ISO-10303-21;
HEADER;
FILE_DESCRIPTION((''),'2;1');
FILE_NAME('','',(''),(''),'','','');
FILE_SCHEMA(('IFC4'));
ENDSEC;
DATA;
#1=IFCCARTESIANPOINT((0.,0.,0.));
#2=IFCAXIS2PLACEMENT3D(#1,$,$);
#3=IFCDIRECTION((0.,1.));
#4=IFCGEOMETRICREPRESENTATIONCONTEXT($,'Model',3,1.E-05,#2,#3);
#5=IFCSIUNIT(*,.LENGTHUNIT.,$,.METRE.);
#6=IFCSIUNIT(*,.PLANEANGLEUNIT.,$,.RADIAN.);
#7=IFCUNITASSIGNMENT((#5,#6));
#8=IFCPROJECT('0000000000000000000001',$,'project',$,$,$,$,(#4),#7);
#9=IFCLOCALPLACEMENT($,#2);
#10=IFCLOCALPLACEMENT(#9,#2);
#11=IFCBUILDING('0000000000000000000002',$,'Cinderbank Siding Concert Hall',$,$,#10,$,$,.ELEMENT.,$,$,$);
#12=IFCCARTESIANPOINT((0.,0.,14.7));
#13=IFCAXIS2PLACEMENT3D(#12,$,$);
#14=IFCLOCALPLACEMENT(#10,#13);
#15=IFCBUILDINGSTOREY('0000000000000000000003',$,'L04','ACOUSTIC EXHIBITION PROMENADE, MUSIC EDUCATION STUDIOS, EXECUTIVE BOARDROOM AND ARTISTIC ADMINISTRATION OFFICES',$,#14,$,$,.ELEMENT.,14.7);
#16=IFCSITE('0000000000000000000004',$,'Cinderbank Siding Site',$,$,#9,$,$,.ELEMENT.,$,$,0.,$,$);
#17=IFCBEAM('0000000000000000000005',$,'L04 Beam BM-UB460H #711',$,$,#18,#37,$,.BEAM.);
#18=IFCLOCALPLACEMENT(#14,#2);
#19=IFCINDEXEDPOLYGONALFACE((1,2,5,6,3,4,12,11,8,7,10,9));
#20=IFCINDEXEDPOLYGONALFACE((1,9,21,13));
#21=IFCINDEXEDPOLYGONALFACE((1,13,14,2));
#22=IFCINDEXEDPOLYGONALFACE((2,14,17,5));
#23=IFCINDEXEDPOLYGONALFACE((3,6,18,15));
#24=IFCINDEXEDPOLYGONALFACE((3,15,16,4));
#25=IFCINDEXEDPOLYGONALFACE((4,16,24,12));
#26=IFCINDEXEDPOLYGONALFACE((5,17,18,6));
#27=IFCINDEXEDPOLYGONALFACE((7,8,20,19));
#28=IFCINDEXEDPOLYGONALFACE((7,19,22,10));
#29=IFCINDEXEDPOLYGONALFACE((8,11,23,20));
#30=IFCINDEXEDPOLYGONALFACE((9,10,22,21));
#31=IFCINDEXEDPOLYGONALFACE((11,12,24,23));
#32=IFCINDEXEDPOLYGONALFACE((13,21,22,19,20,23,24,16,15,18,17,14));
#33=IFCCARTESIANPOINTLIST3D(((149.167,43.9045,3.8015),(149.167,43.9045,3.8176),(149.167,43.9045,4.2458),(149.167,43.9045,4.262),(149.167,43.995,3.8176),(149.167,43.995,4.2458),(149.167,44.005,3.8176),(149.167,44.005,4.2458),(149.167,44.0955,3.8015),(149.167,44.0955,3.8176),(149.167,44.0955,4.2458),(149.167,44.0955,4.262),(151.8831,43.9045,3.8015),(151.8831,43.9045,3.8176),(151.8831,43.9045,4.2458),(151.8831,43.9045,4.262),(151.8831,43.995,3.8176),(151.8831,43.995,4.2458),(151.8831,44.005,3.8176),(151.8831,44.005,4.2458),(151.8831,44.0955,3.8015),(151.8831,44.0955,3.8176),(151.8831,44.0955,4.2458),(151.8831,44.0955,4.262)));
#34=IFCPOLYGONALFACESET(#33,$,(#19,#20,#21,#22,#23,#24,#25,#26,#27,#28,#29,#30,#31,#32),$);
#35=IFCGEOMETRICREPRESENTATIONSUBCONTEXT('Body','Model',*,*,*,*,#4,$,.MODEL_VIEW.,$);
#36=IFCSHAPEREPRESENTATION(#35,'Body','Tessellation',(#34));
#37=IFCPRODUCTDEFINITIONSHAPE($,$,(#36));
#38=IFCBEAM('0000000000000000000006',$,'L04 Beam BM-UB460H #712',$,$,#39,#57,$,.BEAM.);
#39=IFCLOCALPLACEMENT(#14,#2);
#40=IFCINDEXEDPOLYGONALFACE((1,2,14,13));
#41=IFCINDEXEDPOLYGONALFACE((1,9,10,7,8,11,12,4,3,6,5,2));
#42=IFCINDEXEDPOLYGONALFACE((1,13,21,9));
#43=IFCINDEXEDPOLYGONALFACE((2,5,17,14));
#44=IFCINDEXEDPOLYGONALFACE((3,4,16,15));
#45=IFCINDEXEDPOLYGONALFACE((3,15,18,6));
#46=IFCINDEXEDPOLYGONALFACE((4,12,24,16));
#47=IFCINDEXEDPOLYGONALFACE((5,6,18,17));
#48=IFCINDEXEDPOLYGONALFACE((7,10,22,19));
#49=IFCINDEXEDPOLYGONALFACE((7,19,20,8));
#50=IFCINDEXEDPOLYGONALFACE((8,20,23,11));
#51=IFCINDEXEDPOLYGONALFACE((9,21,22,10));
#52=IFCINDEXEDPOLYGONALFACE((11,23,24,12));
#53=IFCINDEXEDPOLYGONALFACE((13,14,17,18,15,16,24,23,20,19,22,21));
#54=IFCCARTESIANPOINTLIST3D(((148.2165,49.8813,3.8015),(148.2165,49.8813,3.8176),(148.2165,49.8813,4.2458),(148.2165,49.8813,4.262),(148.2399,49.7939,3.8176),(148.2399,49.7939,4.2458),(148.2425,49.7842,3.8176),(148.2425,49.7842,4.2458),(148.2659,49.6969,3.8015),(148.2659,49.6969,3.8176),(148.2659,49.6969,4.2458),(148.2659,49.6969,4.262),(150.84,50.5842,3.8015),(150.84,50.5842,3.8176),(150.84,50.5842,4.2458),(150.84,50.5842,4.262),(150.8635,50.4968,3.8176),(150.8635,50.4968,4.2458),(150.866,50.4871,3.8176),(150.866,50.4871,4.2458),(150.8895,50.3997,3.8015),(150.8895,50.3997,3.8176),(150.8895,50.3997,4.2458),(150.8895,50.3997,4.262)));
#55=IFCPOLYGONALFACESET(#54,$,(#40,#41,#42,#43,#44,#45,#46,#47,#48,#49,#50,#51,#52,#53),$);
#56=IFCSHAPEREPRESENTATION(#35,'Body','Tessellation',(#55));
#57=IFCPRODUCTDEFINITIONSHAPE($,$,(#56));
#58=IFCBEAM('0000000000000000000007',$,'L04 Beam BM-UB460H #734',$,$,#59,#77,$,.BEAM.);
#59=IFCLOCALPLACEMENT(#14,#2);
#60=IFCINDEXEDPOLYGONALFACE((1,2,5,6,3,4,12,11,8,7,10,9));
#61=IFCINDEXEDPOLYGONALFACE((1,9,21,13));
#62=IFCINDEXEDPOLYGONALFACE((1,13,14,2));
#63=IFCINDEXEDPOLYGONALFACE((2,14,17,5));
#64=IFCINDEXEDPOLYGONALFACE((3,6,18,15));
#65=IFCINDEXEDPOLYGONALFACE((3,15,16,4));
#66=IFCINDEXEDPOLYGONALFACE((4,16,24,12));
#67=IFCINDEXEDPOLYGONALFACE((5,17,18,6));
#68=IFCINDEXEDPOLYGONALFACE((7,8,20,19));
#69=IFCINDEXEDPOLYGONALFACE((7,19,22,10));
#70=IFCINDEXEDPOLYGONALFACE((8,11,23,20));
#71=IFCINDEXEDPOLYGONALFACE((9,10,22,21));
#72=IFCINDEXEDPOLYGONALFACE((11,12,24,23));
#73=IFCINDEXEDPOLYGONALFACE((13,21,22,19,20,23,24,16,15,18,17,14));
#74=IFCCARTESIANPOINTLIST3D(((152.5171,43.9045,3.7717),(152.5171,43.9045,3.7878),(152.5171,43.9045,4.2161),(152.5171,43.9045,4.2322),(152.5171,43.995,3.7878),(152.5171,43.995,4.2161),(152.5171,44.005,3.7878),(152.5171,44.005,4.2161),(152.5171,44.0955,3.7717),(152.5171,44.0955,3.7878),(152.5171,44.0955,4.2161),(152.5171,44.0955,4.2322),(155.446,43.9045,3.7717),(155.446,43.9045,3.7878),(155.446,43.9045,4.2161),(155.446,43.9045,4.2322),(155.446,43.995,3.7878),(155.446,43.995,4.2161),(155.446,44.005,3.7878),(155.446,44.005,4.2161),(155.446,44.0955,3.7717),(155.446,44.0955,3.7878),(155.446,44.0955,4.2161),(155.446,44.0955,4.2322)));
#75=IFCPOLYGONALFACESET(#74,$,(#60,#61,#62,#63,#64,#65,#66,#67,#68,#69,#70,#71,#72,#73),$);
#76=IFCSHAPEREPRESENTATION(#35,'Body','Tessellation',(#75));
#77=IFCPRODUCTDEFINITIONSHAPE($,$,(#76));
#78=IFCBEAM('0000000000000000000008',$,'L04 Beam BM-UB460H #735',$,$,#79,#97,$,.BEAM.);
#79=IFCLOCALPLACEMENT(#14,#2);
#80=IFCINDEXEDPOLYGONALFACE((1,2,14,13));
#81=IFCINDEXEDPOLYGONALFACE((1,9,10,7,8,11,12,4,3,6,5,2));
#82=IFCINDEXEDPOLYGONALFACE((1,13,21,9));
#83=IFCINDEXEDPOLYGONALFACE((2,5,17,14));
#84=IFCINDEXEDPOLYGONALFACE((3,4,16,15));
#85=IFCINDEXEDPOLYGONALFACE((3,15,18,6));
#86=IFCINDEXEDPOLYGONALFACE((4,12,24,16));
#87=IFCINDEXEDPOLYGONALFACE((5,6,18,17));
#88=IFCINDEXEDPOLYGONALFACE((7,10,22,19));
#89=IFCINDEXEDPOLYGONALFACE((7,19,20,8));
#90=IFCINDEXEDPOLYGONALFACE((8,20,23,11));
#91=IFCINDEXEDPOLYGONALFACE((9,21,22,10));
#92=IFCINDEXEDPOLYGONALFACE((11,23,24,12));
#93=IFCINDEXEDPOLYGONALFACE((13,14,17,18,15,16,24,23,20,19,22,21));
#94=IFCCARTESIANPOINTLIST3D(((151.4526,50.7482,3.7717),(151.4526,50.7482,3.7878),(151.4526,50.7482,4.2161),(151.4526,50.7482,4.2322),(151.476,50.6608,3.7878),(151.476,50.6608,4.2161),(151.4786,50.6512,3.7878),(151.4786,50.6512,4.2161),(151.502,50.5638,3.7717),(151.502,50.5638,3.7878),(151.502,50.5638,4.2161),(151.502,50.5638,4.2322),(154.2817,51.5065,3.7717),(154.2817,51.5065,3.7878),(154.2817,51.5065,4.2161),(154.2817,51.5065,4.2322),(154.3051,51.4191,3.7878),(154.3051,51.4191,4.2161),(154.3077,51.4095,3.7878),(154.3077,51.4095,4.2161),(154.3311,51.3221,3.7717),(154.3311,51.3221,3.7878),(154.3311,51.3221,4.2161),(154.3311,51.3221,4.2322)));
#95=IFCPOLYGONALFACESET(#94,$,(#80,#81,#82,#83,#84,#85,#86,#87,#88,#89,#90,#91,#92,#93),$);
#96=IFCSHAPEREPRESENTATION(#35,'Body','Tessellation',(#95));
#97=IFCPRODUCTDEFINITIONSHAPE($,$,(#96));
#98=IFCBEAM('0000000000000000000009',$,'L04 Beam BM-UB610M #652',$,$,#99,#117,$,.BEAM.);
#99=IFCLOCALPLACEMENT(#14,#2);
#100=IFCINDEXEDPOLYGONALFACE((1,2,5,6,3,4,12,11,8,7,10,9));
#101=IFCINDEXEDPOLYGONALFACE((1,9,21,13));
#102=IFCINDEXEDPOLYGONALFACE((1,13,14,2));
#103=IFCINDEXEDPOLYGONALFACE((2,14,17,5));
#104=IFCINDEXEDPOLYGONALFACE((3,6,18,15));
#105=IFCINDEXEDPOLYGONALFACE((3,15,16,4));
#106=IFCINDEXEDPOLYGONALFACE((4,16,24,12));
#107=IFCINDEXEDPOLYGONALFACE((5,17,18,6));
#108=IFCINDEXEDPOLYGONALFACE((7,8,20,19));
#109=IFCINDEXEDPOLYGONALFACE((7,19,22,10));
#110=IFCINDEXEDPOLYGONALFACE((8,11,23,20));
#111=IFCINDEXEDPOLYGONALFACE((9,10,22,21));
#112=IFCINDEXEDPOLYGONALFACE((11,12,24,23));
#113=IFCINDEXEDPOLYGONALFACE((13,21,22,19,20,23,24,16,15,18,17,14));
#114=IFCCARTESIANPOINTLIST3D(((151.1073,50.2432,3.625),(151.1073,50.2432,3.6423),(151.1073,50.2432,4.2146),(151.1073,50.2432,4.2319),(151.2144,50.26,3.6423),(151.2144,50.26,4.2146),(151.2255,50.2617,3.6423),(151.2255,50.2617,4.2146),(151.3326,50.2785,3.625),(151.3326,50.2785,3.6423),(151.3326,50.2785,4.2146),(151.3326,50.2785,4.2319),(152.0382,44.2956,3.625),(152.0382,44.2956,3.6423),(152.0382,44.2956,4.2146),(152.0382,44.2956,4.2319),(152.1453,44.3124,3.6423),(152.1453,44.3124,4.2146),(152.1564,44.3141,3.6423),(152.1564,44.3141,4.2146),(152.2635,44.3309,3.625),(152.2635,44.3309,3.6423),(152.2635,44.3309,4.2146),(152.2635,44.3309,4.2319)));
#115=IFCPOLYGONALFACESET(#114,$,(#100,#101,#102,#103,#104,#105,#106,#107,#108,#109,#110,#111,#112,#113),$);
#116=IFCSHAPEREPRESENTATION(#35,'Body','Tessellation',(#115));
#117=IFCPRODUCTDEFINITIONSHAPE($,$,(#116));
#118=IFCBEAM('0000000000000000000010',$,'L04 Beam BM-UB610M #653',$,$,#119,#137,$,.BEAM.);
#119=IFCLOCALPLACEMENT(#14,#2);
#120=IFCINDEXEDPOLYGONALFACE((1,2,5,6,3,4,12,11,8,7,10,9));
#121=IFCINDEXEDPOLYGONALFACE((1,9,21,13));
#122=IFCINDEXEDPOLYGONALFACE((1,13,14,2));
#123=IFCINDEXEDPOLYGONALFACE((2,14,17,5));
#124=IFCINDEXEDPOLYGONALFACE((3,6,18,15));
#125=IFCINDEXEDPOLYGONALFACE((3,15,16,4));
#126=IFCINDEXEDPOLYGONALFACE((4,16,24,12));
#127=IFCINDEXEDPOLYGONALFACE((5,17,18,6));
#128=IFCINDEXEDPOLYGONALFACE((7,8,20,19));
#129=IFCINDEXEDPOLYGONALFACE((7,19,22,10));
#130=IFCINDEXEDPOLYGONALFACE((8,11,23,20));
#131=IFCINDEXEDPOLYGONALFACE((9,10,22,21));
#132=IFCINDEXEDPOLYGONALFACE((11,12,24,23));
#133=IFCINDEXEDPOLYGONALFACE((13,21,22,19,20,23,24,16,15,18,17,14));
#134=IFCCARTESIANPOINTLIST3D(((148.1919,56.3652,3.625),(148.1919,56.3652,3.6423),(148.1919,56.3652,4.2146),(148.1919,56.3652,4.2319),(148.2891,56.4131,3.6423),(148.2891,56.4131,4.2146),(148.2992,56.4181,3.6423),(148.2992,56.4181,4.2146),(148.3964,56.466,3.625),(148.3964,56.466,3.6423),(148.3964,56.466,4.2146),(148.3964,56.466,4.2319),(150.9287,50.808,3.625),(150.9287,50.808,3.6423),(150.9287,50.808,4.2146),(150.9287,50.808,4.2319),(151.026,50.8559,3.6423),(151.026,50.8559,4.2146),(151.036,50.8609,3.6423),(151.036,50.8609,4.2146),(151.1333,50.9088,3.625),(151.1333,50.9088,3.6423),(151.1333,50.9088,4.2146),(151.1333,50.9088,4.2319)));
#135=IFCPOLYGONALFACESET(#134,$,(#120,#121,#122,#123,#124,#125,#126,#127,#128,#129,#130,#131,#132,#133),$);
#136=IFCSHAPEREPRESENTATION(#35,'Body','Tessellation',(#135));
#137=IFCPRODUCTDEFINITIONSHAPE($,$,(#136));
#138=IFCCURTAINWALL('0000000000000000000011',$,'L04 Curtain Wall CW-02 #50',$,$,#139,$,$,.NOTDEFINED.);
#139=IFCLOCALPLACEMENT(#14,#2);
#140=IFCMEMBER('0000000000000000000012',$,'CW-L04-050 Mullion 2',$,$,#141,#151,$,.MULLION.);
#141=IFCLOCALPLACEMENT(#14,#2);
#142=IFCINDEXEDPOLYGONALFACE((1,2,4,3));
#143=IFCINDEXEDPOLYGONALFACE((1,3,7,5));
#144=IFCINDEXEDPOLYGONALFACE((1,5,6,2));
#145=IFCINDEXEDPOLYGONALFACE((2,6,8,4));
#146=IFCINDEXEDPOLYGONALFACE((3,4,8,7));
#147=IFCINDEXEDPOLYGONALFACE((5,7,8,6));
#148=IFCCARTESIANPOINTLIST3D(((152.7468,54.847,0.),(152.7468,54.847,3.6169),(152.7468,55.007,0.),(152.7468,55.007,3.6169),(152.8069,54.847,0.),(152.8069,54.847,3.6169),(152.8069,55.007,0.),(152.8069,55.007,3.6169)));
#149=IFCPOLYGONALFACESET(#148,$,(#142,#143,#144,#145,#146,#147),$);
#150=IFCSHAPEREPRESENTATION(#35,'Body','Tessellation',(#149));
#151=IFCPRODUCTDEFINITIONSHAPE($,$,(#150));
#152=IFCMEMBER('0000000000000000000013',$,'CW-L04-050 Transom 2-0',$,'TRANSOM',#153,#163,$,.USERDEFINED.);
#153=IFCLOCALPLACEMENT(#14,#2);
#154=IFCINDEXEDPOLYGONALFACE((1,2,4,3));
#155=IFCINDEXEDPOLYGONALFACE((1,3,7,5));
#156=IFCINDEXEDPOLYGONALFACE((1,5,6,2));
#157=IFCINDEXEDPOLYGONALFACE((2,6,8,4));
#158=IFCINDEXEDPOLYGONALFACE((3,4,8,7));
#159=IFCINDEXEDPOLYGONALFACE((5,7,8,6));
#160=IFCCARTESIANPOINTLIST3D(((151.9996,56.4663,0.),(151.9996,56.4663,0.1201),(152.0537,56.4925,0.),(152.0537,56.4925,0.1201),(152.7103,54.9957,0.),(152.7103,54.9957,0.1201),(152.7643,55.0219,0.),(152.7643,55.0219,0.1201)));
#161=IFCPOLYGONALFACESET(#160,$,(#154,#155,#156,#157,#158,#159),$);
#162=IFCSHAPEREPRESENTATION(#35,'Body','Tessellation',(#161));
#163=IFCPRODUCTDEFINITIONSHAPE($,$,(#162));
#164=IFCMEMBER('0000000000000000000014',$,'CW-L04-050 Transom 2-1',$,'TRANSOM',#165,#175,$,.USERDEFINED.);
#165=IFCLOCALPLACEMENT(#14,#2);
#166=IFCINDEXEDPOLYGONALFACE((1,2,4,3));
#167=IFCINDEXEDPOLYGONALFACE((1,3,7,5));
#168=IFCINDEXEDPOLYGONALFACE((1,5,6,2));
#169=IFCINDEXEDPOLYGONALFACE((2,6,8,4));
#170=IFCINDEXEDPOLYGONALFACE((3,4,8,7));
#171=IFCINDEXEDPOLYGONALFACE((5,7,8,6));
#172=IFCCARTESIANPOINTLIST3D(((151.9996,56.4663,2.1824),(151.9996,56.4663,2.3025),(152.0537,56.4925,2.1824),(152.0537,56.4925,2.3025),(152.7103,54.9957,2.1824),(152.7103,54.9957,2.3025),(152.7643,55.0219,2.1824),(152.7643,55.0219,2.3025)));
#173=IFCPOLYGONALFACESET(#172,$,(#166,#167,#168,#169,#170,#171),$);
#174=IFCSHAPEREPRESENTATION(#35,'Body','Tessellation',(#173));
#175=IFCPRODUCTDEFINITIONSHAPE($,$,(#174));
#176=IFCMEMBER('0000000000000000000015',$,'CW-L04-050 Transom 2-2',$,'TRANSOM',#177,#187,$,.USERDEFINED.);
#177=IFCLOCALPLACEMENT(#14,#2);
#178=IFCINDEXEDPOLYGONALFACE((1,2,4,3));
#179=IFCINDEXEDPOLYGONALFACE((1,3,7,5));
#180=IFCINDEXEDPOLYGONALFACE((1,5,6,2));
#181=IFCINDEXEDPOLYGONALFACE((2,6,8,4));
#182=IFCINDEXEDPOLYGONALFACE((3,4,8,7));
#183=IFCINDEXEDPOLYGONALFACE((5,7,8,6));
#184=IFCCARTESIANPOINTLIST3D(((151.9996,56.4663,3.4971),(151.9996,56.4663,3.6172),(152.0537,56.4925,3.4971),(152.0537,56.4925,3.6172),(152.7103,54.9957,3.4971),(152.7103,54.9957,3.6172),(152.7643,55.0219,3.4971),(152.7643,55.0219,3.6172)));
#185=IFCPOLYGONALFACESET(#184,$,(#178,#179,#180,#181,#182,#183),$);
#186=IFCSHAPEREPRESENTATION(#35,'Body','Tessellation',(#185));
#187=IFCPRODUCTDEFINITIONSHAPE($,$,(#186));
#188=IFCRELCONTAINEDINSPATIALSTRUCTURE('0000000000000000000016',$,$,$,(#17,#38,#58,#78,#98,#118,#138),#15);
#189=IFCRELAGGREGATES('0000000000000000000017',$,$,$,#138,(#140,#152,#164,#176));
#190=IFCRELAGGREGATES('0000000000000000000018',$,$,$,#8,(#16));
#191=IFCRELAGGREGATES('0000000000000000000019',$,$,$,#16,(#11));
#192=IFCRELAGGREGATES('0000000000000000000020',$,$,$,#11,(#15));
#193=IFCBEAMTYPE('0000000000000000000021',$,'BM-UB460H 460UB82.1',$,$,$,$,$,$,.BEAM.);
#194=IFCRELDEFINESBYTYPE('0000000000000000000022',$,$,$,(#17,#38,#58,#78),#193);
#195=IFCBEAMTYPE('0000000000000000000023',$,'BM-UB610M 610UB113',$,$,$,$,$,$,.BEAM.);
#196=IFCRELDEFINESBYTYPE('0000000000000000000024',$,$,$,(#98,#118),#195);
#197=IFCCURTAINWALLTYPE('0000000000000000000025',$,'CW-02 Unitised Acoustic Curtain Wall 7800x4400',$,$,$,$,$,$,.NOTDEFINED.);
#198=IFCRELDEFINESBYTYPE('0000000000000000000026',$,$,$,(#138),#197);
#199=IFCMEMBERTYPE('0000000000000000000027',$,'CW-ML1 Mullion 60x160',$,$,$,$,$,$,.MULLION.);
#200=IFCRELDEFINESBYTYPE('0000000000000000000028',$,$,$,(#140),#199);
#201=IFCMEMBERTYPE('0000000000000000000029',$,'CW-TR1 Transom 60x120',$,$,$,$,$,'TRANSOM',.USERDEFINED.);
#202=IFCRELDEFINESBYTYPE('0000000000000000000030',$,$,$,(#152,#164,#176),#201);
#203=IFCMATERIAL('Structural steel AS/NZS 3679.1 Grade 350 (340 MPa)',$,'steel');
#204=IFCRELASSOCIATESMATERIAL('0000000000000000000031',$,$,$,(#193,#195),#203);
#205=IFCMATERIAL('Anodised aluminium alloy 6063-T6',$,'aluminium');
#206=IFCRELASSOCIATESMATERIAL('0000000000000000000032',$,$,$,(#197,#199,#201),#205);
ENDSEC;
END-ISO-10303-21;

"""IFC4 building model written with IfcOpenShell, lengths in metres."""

from ifc_helpers import new_model, si_unit, direction, frame, origin, origin_2d, place, context, subcontext, project, spatial, rectangle, i_section, extrude, material, material_profile, profile_set, type_object, element, aggregate, save


model = new_model("IFC4")

# Units and contexts
model_context = context("Model", 3, precision=1e-05, world=origin(), true_north=direction((0.0, 1.0)))
body_context = subcontext(model_context, "Body", "Model", "MODEL_VIEW")
ifc_project = project(units=[si_unit("LENGTHUNIT", "METRE"), si_unit("PLANEANGLEUNIT", "RADIAN")], contexts=[model_context])

# Site, building, storey
site_placement = place(None, origin())
site = spatial("IfcSite", under=ifc_project, at=site_placement, Name="Cinderbank Siding Site", CompositionType="ELEMENT", RefElevation=0.0)
building_placement = place(site_placement, origin())
building = spatial("IfcBuilding", under=site, at=building_placement, Name="Cinderbank Siding Concert Hall", CompositionType="ELEMENT")
storey_placement = place(building_placement, frame((0.0, 0.0, 14.7)))
storey = spatial("IfcBuildingStorey", under=building, at=storey_placement, Name="L04", Description="ACOUSTIC EXHIBITION PROMENADE, MUSIC EDUCATION STUDIOS, EXECUTIVE BOARDROOM AND ARTISTIC ADMINISTRATION OFFICES", CompositionType="ELEMENT", Elevation=14.7)

# Beams
ifc_material_1 = material(Name="Structural steel AS/NZS 3679.1 Grade 350 (340 MPa)", Category="steel")
ifc_material_profile_1 = material_profile(ifc_material_1, i_section(OverallWidth=0.1909, OverallDepth=0.4604, WebThickness=0.01, FlangeThickness=0.0161, at=origin_2d()), Name="460UB82.1", Category="LoadBearing")
ifc_profile_set_1 = profile_set([ifc_material_profile_1], Name="Structural steel AS/NZS 3679.1 Grade 350 (340 MPa)")
beam_type_1 = type_object("IfcBeamType", Name="BM-UB460H 460UB82.1", PredefinedType="BEAM", material=ifc_profile_set_1)
for number, where, z_axis, x_axis, name in (
    (1, (149.167, 44.0, 4.0317), (1.0, 0.0, 0.0), (0.0, 1.0, 0.0), "L04 Beam BM-UB460H #711"),
    (2, (148.2412, 49.7891, 4.0317), (0.965934, 0.258787, 0.0), (-0.258787, 0.965934, 0.0), "L04 Beam BM-UB460H #712"),
):
    element("IfcBeam", number, at=place(storey_placement, frame(where, z_axis=z_axis, x_axis=x_axis)), inside=storey, type_object=beam_type_1, Name=name, PredefinedType="BEAM", context=body_context, shape_type="SweptSolid", body=[
        extrude(i_section(OverallWidth=0.1909, OverallDepth=0.4604, WebThickness=0.01, FlangeThickness=0.0161, at=origin_2d()), origin(), (0.0, 0.0, 1.0), 2.7161),
    ])
for number, where, z_axis, x_axis, name in (
    (3, (152.5171, 44.0, 4.002), (1.0, 0.0, 0.0), (0.0, 1.0, 0.0), "L04 Beam BM-UB460H #734"),
    (4, (151.4773, 50.656, 4.002), (0.965905, 0.258897, 0.0), (-0.258897, 0.965905, 0.0), "L04 Beam BM-UB460H #735"),
):
    element("IfcBeam", number, at=place(storey_placement, frame(where, z_axis=z_axis, x_axis=x_axis)), inside=storey, type_object=beam_type_1, Name=name, PredefinedType="BEAM", context=body_context, shape_type="SweptSolid", body=[
        extrude(i_section(OverallWidth=0.1909, OverallDepth=0.4604, WebThickness=0.01, FlangeThickness=0.0161, at=origin_2d()), origin(), (0.0, 0.0, 1.0), 2.929),
    ])
ifc_material_profile_2 = material_profile(ifc_material_1, i_section(OverallWidth=0.228, OverallDepth=0.6069, WebThickness=0.0112, FlangeThickness=0.0173, at=origin_2d()), Name="610UB113", Category="LoadBearing")
ifc_profile_set_2 = profile_set([ifc_material_profile_2], Name="Structural steel AS/NZS 3679.1 Grade 350 (340 MPa)")
beam_type_2 = type_object("IfcBeamType", Name="BM-UB610M 610UB113", PredefinedType="BEAM", material=ifc_profile_set_2)
beam_1_placement = place(storey_placement, frame((152.1509, 44.3132, 3.9285), z_axis=(-0.154638, 0.987971, 0.0), x_axis=(-0.987971, -0.154638, 0.0)))
element("IfcBeam", 5, at=beam_1_placement, inside=storey, type_object=beam_type_2, Name="L04 Beam BM-UB610M #652", PredefinedType="BEAM", context=body_context, shape_type="SweptSolid", body=[
    extrude(i_section(OverallWidth=0.228, OverallDepth=0.6069, WebThickness=0.0112, FlangeThickness=0.0173, at=origin_2d()), origin(), (0.0, 0.0, 1.0), 6.02),
])
beam_2_placement = place(storey_placement, frame((151.031, 50.8584, 3.9285), z_axis=(-0.441814, 0.897107, 0.0), x_axis=(-0.897107, -0.441814, 0.0)))
element("IfcBeam", 6, at=beam_2_placement, inside=storey, type_object=beam_type_2, Name="L04 Beam BM-UB610M #653", PredefinedType="BEAM", context=body_context, shape_type="SweptSolid", body=[
    extrude(i_section(OverallWidth=0.228, OverallDepth=0.6069, WebThickness=0.0112, FlangeThickness=0.0173, at=origin_2d()), origin(), (0.0, 0.0, 1.0), 6.1946),
])

# Curtain wall, members
ifc_material_2 = material(Name="Anodised aluminium alloy 6063-T6", Category="aluminium")
curtain_wall_type = type_object("IfcCurtainWallType", Name="CW-02 Unitised Acoustic Curtain Wall 7800x4400", PredefinedType="NOTDEFINED", material=ifc_material_2)
curtain_wall_placement = place(storey_placement, origin())
curtain_wall = element("IfcCurtainWall", 7, at=curtain_wall_placement, inside=storey, type_object=curtain_wall_type, Name="L04 Curtain Wall CW-02 #50", PredefinedType="NOTDEFINED")
ifc_material_profile_3 = material_profile(ifc_material_2, rectangle(XDim=0.0601, YDim=0.1599, at=origin_2d()), Name="ALU-MULL-60x160", Category="LoadBearing")
ifc_profile_set_3 = profile_set([ifc_material_profile_3], Name="Anodised aluminium alloy 6063-T6")
member_type_1 = type_object("IfcMemberType", Name="CW-ML1 Mullion 60x160", PredefinedType="MULLION", material=ifc_profile_set_3)
member_1_placement = place(storey_placement, frame((152.7769, 54.927, 0.0), z_axis=(0.0, 0.0, 1.0), x_axis=(1.0, 0.0, 0.0)))
member_1 = element("IfcMember", 8, at=member_1_placement, type_object=member_type_1, Name="CW-L04-050 Mullion 2", PredefinedType="MULLION", context=body_context, shape_type="SweptSolid", body=[
    extrude(rectangle(XDim=0.0601, YDim=0.1599, at=origin_2d()), origin(), (0.0, 0.0, 1.0), 3.6169),
])
ifc_material_profile_4 = material_profile(ifc_material_2, rectangle(XDim=0.0601, YDim=0.1201, at=origin_2d()), Name="ALU-TRAN-60x120", Category="LoadBearing")
ifc_profile_set_4 = profile_set([ifc_material_profile_4], Name="Anodised aluminium alloy 6063-T6")
member_type_2 = type_object("IfcMemberType", Name="CW-TR1 Transom 60x120", ElementType="TRANSOM", PredefinedType="USERDEFINED", material=ifc_profile_set_4)
member_2_placement = place(storey_placement, frame((152.7373, 55.0088, 0.0601), z_axis=(-0.435096, 0.900384, 0.0), x_axis=(-0.900384, -0.435096, 0.0)))
member_2 = element("IfcMember", 9, at=member_2_placement, type_object=member_type_2, Name="CW-L04-050 Transom 2-0", ObjectType="TRANSOM", PredefinedType="USERDEFINED", context=body_context, shape_type="SweptSolid", body=[
    extrude(rectangle(XDim=0.0601, YDim=0.1201, at=origin_2d()), origin(), (0.0, 0.0, 1.0), 1.6333),
])
member_3_placement = place(storey_placement, frame((152.7373, 55.0088, 2.2424), z_axis=(-0.435096, 0.900384, 0.0), x_axis=(-0.900384, -0.435096, 0.0)))
member_3 = element("IfcMember", 10, at=member_3_placement, type_object=member_type_2, Name="CW-L04-050 Transom 2-1", ObjectType="TRANSOM", PredefinedType="USERDEFINED", context=body_context, shape_type="SweptSolid", body=[
    extrude(rectangle(XDim=0.0601, YDim=0.1201, at=origin_2d()), origin(), (0.0, 0.0, 1.0), 1.6333),
])
member_4_placement = place(storey_placement, frame((152.7373, 55.0088, 3.5571), z_axis=(-0.435096, 0.900384, 0.0), x_axis=(-0.900384, -0.435096, 0.0)))
member_4 = element("IfcMember", 11, at=member_4_placement, type_object=member_type_2, Name="CW-L04-050 Transom 2-2", ObjectType="TRANSOM", PredefinedType="USERDEFINED", context=body_context, shape_type="SweptSolid", body=[
    extrude(rectangle(XDim=0.0601, YDim=0.1201, at=origin_2d()), origin(), (0.0, 0.0, 1.0), 1.6333),
])

aggregate(curtain_wall, [member_1, member_2, member_3, member_4])

save(model, "model.ifc")
